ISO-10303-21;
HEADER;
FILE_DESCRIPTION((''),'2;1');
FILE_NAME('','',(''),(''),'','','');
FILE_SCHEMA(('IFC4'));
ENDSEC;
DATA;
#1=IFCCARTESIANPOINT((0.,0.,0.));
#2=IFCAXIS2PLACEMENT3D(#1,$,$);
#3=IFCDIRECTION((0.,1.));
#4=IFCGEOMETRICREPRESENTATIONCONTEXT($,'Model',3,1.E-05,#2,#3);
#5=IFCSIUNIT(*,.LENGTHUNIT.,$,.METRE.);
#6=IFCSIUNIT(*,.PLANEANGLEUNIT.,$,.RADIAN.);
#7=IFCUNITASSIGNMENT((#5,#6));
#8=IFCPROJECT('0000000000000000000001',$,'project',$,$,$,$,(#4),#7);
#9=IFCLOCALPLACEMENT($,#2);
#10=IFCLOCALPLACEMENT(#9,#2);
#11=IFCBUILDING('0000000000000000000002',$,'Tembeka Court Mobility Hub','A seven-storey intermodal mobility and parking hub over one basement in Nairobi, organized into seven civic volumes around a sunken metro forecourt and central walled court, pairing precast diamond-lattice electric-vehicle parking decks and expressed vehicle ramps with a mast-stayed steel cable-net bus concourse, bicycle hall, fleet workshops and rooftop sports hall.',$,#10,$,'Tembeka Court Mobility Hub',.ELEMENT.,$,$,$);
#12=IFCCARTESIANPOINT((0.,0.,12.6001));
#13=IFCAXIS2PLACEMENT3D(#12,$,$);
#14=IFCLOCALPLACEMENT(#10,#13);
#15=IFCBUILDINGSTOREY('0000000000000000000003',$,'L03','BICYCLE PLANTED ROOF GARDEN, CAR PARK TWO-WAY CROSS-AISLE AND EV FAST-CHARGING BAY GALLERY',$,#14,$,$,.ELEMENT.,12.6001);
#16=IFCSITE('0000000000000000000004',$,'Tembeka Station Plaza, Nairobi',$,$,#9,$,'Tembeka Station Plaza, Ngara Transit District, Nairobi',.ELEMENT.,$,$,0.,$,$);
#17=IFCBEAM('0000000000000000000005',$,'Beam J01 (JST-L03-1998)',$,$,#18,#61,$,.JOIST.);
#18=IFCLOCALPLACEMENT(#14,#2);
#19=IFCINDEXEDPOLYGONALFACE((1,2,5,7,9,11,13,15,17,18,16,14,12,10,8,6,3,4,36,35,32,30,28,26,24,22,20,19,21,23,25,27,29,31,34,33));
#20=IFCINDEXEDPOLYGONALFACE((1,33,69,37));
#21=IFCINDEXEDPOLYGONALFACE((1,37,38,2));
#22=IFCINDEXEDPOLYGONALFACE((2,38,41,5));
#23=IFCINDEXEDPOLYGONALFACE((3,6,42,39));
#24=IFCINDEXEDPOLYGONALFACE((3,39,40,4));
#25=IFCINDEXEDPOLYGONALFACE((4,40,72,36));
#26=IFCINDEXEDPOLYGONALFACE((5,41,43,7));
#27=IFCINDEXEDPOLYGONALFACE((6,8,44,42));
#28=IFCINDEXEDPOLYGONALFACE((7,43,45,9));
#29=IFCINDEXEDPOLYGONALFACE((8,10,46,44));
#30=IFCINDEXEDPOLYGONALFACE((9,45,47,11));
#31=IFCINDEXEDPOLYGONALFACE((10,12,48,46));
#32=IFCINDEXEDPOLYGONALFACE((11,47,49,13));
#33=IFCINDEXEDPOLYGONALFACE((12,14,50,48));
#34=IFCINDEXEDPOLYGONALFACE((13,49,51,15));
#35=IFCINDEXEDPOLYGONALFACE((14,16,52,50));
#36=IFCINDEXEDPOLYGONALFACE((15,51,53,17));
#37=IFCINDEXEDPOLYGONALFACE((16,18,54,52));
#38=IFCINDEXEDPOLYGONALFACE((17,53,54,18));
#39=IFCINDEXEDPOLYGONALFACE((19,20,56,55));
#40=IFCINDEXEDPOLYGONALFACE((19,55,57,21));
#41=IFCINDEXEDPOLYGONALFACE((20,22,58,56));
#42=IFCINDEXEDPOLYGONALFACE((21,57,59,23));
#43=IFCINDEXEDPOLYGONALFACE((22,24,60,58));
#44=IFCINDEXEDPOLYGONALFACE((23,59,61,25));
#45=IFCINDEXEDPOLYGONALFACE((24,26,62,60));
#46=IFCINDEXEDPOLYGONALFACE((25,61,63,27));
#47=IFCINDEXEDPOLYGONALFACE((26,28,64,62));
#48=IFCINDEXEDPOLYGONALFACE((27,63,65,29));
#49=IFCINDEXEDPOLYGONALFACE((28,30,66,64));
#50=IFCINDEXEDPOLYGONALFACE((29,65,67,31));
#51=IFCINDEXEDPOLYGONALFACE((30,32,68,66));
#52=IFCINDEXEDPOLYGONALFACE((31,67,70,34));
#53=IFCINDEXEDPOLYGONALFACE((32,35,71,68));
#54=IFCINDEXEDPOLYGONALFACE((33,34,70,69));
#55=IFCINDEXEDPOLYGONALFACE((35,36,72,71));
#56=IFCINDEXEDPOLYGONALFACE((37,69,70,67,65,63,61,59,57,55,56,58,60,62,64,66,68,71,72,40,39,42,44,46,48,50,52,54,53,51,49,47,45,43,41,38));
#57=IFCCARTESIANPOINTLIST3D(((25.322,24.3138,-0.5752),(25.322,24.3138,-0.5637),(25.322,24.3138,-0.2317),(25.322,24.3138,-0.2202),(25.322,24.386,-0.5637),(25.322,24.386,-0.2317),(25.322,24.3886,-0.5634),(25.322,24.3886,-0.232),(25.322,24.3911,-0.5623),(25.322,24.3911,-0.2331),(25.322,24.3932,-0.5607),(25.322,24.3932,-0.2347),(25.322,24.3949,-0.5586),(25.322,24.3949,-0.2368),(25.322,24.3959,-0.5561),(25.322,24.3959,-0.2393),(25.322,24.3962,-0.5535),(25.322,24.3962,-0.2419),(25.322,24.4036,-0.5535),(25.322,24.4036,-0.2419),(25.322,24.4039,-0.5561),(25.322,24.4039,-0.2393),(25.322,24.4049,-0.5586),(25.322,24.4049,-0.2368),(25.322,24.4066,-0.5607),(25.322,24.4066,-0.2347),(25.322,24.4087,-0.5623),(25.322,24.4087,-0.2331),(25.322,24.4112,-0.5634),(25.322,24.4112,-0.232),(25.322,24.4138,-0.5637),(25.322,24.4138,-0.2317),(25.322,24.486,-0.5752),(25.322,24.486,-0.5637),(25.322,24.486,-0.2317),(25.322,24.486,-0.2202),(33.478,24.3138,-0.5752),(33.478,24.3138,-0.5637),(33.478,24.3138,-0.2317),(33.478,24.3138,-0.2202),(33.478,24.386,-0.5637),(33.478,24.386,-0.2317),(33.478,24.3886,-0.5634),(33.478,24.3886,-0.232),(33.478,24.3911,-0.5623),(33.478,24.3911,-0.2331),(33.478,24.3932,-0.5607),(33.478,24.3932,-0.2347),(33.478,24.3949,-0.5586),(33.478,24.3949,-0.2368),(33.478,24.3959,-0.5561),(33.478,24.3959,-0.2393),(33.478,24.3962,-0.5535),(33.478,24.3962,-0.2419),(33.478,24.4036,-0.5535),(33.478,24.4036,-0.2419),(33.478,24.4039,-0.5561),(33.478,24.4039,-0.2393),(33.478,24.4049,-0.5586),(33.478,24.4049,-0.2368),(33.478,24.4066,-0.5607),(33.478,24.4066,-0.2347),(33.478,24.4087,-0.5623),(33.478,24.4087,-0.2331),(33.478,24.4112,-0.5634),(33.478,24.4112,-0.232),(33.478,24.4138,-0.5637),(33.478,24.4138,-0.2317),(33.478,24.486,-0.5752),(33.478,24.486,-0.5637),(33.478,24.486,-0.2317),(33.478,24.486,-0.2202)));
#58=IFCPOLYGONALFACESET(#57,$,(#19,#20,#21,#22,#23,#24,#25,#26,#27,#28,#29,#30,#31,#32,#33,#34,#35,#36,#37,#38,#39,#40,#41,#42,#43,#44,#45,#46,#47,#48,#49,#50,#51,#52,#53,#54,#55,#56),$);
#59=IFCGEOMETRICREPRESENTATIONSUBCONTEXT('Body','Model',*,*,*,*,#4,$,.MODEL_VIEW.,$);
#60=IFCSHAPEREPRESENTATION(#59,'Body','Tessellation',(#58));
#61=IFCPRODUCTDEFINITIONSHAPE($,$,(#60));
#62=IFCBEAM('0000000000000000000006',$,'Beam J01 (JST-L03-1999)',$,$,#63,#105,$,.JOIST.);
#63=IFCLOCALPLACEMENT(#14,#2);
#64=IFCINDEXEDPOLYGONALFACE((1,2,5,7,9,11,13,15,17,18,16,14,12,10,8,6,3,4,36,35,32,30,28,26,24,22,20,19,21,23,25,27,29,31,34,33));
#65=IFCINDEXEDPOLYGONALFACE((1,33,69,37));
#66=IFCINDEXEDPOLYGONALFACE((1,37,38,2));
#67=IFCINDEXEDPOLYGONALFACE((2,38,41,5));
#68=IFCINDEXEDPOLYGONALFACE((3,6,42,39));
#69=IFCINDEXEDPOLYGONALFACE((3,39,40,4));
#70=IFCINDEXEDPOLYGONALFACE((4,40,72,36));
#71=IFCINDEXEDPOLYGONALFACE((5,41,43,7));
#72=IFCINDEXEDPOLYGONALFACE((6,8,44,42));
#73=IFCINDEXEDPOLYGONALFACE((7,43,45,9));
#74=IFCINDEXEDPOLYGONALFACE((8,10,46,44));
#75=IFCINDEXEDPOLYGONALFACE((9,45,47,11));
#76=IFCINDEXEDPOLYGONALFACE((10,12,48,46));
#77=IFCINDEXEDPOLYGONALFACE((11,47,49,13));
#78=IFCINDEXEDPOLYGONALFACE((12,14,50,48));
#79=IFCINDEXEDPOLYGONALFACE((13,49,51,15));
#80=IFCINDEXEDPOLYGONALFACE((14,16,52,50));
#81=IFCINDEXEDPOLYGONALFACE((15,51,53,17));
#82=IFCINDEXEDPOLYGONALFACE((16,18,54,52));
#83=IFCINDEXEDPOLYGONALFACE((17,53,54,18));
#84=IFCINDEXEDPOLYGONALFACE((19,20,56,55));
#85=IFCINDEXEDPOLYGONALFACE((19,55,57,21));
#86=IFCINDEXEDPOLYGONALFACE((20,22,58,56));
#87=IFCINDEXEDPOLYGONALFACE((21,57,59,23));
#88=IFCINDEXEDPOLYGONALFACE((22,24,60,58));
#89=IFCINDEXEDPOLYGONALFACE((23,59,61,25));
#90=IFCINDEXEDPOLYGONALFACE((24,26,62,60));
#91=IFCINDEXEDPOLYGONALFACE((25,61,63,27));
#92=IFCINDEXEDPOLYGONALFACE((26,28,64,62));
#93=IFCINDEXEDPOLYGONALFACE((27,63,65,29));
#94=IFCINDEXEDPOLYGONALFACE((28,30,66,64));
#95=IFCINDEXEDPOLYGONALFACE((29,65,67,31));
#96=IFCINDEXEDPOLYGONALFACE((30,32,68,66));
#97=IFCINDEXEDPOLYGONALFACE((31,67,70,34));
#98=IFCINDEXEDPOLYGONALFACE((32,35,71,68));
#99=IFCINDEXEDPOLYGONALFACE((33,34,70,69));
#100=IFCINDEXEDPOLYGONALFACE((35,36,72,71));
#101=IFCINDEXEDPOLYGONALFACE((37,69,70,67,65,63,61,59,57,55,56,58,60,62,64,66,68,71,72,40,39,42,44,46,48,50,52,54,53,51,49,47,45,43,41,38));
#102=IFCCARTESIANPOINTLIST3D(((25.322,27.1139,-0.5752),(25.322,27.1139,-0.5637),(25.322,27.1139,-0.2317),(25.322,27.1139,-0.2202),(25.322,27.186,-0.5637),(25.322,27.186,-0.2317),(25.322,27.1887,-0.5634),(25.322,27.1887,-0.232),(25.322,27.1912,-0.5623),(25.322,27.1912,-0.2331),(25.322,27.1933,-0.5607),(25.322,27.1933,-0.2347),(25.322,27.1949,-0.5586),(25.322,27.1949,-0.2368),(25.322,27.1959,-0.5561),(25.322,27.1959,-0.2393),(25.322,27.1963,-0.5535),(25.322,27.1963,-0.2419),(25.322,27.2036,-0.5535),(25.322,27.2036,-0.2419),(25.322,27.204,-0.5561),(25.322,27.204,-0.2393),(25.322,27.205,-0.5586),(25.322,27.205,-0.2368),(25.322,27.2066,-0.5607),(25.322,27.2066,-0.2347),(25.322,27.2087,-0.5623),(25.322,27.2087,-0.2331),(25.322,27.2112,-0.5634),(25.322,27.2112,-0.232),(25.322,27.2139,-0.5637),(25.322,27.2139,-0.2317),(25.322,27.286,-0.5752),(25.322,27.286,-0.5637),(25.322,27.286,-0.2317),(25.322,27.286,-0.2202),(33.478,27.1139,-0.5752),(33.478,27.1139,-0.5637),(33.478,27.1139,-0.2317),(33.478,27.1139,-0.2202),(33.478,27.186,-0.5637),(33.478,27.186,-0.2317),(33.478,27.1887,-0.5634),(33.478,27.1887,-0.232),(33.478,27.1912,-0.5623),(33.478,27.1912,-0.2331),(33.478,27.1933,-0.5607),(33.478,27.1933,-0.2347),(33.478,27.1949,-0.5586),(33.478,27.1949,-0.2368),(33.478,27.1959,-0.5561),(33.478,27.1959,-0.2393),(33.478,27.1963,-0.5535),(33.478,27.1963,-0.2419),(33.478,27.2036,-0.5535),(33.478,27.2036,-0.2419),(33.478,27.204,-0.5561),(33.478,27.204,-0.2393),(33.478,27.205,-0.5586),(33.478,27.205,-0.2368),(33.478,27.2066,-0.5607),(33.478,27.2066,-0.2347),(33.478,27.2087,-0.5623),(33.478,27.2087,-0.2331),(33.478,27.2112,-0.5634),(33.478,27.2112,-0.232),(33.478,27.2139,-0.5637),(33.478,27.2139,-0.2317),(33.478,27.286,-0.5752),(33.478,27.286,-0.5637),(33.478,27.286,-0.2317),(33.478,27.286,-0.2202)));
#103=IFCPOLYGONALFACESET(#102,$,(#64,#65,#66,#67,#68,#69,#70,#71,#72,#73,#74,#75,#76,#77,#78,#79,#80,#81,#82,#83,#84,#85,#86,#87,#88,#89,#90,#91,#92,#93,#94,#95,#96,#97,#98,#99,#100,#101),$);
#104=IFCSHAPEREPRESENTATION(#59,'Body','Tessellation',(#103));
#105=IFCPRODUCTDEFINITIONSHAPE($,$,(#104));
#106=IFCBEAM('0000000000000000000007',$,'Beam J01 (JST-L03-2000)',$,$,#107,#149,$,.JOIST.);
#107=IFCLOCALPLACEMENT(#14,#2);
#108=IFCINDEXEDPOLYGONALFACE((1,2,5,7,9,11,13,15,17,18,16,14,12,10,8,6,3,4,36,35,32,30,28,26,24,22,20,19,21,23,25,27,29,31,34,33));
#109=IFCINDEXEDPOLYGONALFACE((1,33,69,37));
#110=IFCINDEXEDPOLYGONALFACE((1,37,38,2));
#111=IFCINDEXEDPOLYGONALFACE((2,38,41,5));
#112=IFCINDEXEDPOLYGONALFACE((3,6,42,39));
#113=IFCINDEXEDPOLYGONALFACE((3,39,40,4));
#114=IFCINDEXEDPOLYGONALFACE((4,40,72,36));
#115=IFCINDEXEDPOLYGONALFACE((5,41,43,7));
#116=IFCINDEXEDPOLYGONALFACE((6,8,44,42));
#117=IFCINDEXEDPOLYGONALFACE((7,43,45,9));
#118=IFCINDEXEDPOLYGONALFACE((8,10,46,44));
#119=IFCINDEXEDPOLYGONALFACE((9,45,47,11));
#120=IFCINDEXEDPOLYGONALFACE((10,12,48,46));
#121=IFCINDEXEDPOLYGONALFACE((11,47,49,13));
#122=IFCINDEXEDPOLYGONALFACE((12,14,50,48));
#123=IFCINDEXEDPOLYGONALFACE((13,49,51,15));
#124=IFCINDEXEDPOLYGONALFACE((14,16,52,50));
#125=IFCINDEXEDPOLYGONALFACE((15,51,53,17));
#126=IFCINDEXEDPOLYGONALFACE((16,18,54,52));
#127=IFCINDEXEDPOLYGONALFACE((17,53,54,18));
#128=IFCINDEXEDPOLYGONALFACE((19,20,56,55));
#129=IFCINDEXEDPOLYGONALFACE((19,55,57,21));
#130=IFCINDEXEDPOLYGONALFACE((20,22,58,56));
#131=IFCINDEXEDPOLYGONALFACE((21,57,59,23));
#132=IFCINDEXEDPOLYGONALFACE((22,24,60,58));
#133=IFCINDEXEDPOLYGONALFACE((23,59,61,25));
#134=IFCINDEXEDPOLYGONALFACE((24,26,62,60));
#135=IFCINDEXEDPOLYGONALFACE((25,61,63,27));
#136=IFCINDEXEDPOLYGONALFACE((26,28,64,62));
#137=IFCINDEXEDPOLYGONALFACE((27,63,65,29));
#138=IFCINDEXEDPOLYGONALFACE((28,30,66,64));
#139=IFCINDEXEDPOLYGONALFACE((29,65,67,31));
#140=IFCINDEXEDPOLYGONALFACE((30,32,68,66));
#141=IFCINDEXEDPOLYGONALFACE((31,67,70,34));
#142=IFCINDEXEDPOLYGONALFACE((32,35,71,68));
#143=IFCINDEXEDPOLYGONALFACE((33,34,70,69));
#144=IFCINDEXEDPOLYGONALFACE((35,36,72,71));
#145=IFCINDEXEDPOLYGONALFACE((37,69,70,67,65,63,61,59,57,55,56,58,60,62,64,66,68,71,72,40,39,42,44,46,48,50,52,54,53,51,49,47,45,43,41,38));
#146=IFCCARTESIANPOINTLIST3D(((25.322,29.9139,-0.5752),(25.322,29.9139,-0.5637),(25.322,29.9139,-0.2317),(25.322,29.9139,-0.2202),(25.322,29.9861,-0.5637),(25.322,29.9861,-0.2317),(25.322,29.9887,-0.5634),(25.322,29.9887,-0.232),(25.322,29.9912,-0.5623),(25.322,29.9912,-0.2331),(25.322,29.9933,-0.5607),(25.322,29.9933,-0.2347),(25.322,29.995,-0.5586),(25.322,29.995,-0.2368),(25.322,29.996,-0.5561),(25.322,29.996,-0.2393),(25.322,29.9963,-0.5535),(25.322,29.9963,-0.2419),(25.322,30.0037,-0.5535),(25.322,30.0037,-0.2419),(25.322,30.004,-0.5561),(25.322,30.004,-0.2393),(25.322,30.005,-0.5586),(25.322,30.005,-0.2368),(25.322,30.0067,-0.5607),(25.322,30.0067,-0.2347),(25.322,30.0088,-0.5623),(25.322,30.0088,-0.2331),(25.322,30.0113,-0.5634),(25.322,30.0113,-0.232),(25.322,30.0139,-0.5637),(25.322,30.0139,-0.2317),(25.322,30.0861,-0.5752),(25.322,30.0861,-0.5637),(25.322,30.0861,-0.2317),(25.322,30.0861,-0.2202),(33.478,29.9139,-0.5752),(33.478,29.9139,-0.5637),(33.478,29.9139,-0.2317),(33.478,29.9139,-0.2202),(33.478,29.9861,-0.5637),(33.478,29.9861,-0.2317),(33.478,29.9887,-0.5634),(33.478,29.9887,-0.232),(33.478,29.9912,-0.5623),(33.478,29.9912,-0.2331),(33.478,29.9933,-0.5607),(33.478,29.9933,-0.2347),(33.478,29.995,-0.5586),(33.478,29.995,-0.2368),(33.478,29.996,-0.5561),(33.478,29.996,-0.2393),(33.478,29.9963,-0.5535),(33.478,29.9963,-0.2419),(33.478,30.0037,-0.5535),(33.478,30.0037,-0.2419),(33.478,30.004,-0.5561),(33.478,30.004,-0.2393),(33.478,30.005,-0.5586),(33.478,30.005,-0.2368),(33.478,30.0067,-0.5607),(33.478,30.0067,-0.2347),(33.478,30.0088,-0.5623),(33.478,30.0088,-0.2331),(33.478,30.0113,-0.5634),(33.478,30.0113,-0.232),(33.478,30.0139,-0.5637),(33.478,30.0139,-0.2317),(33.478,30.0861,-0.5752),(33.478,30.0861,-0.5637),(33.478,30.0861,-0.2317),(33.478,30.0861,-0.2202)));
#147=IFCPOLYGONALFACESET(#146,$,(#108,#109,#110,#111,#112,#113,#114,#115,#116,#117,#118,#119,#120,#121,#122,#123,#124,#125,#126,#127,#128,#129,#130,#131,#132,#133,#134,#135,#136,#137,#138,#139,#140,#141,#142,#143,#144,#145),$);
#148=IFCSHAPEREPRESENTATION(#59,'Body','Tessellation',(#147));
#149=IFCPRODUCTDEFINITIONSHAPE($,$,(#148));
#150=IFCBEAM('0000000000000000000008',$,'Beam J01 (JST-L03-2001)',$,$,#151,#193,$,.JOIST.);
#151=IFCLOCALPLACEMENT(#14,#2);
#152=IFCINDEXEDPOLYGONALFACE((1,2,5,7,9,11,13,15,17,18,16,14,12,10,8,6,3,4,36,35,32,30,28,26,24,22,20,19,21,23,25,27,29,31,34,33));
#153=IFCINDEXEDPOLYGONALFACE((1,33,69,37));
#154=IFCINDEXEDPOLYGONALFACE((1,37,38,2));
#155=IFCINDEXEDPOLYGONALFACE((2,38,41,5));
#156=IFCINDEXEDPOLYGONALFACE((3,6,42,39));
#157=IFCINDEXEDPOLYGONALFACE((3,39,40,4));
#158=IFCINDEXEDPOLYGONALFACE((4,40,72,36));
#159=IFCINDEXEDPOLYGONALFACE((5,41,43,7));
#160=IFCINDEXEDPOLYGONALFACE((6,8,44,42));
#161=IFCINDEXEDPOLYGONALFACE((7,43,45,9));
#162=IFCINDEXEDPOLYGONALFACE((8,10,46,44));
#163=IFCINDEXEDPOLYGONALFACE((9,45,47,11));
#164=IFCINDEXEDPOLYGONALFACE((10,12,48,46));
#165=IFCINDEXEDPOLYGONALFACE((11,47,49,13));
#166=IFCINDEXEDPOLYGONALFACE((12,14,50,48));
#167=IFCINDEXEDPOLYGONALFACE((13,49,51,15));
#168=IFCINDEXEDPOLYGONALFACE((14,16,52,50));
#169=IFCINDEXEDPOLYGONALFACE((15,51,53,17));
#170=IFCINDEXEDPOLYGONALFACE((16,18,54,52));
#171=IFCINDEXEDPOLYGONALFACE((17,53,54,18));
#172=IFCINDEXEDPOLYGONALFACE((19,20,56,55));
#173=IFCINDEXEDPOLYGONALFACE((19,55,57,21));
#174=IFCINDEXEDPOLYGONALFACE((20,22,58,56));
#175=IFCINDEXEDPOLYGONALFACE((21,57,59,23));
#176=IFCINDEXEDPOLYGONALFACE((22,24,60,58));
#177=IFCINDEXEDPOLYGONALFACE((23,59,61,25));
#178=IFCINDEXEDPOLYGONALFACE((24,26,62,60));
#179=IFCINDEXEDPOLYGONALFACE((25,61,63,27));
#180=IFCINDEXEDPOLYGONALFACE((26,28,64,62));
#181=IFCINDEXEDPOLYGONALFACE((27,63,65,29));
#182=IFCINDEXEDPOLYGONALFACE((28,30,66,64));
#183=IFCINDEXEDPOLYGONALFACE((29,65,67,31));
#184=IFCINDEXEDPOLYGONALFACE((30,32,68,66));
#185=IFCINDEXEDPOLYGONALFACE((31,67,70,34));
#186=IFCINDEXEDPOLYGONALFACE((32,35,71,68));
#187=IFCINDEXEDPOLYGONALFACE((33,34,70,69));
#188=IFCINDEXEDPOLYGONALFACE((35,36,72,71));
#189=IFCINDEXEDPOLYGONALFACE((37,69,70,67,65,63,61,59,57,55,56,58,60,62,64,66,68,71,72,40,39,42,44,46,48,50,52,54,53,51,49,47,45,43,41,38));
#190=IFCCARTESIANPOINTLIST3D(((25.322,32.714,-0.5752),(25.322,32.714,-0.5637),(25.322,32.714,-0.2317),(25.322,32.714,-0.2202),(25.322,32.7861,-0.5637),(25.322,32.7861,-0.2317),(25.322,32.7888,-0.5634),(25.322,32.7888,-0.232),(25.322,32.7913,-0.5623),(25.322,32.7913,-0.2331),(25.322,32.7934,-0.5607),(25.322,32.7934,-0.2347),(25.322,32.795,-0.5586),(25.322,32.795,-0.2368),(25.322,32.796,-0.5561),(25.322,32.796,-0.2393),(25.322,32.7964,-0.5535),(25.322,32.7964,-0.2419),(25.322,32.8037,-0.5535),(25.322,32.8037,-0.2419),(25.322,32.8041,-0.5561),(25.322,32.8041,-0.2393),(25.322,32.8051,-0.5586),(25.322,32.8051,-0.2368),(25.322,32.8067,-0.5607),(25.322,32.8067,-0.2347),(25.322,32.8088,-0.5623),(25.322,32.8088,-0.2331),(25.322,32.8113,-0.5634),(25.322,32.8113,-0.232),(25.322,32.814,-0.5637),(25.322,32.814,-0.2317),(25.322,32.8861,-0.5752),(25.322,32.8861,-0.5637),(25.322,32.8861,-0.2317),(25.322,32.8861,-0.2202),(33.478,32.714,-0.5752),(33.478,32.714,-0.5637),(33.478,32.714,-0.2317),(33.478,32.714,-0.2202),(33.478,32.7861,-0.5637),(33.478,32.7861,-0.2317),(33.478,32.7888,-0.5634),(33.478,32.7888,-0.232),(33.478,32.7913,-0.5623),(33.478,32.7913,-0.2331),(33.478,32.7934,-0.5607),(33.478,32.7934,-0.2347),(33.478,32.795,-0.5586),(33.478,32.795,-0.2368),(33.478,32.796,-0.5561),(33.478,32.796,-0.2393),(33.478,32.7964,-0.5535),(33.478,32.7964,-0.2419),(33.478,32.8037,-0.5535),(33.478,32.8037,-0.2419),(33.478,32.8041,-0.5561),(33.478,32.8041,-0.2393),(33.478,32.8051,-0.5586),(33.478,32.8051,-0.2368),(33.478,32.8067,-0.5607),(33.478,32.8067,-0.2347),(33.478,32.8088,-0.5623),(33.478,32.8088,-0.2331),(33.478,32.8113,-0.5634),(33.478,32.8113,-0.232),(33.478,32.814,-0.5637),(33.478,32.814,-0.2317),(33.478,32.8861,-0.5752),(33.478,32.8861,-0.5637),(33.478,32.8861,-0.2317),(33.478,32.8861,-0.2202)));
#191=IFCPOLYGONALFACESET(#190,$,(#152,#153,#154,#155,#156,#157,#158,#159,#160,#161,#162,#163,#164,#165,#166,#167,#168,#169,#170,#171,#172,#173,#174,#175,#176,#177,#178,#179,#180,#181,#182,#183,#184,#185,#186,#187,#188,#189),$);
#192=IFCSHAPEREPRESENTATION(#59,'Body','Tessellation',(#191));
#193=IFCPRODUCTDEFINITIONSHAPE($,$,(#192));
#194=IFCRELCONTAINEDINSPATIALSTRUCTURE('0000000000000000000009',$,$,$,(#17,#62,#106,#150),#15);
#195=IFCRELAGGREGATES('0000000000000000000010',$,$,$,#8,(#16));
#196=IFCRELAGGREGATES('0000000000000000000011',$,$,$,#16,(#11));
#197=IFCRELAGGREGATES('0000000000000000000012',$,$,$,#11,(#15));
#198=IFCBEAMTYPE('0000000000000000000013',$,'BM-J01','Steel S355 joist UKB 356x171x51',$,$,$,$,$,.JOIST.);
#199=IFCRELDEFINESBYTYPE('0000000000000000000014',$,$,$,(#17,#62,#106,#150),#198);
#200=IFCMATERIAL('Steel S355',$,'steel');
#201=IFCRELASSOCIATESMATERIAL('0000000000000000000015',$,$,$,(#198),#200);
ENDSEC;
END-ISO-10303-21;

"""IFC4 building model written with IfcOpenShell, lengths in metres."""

from ifc_helpers import new_model, si_unit, direction, frame, origin, origin_2d, place, context, subcontext, project, spatial, i_section, extrude, material, material_profile, profile_set, type_object, element, save


model = new_model("IFC4")

# Units and contexts
model_context = context("Model", 3, precision=1e-05, world=origin(), true_north=direction((0.0, 1.0)))
body_context = subcontext(model_context, "Body", "Model", "MODEL_VIEW")
ifc_project = project(units=[si_unit("LENGTHUNIT", "METRE"), si_unit("PLANEANGLEUNIT", "RADIAN")], contexts=[model_context])

# Site, building, storey
site_placement = place(None, origin())
site = spatial("IfcSite", under=ifc_project, at=site_placement, Name="Tembeka Station Plaza, Nairobi", LongName="Tembeka Station Plaza, Ngara Transit District, Nairobi", CompositionType="ELEMENT", RefElevation=0.0)
building_placement = place(site_placement, origin())
building = spatial("IfcBuilding", under=site, at=building_placement, Name="Tembeka Court Mobility Hub", Description="A seven-storey intermodal mobility and parking hub over one basement in Nairobi, organized into seven civic volumes around a sunken metro forecourt and central walled court, pairing precast diamond-lattice electric-vehicle parking decks and expressed vehicle ramps with a mast-stayed steel cable-net bus concourse, bicycle hall, fleet workshops and rooftop sports hall.", LongName="Tembeka Court Mobility Hub", CompositionType="ELEMENT")
storey_placement = place(building_placement, frame((0.0, 0.0, 12.6001)))
storey = spatial("IfcBuildingStorey", under=building, at=storey_placement, Name="L03", Description="BICYCLE PLANTED ROOF GARDEN, CAR PARK TWO-WAY CROSS-AISLE AND EV FAST-CHARGING BAY GALLERY", CompositionType="ELEMENT", Elevation=12.6001)

# Shared definitions
ifc_material_1 = material(Name="Steel S355", Category="steel")

# Beams
ifc_material_profile_1 = material_profile(ifc_material_1, i_section(OverallWidth=0.1721, OverallDepth=0.355, WebThickness=0.0073, FlangeThickness=0.0115, FilletRadius=0.0103, at=origin_2d()), Name="UKB 356x171x51")
ifc_profile_set_1 = profile_set([ifc_material_profile_1], Name="Steel S355")
beam_type_1 = type_object("IfcBeamType", Name="BM-J01", Description="Steel S355 joist UKB 356x171x51", PredefinedType="JOIST", material=ifc_profile_set_1)
for number, where, z_axis, x_axis, name in (
    (1, (25.322, 24.3999, -0.3977), (1.0, 0.0, 0.0), (0.0, 1.0, 0.0), "Beam J01 (JST-L03-1998)"),
    (2, (25.322, 27.2, -0.3977), (1.0, 0.0, 0.0), (0.0, 1.0, 0.0), "Beam J01 (JST-L03-1999)"),
    (3, (25.322, 30.0, -0.3977), (1.0, 0.0, 0.0), (0.0, 1.0, 0.0), "Beam J01 (JST-L03-2000)"),
    (4, (25.322, 32.8, -0.3977), (1.0, 0.0, 0.0), (0.0, 1.0, 0.0), "Beam J01 (JST-L03-2001)"),
):
    element("IfcBeam", number, at=place(storey_placement, frame(where, z_axis=z_axis, x_axis=x_axis)), inside=storey, type_object=beam_type_1, Name=name, PredefinedType="JOIST", context=body_context, shape_type="SweptSolid", body=[
        extrude(i_section(OverallWidth=0.1721, OverallDepth=0.355, WebThickness=0.0073, FlangeThickness=0.0115, FilletRadius=0.0103, at=origin_2d()), origin(), (0.0, 0.0, 1.0), 8.156),
    ])

save(model, "model.ifc")
